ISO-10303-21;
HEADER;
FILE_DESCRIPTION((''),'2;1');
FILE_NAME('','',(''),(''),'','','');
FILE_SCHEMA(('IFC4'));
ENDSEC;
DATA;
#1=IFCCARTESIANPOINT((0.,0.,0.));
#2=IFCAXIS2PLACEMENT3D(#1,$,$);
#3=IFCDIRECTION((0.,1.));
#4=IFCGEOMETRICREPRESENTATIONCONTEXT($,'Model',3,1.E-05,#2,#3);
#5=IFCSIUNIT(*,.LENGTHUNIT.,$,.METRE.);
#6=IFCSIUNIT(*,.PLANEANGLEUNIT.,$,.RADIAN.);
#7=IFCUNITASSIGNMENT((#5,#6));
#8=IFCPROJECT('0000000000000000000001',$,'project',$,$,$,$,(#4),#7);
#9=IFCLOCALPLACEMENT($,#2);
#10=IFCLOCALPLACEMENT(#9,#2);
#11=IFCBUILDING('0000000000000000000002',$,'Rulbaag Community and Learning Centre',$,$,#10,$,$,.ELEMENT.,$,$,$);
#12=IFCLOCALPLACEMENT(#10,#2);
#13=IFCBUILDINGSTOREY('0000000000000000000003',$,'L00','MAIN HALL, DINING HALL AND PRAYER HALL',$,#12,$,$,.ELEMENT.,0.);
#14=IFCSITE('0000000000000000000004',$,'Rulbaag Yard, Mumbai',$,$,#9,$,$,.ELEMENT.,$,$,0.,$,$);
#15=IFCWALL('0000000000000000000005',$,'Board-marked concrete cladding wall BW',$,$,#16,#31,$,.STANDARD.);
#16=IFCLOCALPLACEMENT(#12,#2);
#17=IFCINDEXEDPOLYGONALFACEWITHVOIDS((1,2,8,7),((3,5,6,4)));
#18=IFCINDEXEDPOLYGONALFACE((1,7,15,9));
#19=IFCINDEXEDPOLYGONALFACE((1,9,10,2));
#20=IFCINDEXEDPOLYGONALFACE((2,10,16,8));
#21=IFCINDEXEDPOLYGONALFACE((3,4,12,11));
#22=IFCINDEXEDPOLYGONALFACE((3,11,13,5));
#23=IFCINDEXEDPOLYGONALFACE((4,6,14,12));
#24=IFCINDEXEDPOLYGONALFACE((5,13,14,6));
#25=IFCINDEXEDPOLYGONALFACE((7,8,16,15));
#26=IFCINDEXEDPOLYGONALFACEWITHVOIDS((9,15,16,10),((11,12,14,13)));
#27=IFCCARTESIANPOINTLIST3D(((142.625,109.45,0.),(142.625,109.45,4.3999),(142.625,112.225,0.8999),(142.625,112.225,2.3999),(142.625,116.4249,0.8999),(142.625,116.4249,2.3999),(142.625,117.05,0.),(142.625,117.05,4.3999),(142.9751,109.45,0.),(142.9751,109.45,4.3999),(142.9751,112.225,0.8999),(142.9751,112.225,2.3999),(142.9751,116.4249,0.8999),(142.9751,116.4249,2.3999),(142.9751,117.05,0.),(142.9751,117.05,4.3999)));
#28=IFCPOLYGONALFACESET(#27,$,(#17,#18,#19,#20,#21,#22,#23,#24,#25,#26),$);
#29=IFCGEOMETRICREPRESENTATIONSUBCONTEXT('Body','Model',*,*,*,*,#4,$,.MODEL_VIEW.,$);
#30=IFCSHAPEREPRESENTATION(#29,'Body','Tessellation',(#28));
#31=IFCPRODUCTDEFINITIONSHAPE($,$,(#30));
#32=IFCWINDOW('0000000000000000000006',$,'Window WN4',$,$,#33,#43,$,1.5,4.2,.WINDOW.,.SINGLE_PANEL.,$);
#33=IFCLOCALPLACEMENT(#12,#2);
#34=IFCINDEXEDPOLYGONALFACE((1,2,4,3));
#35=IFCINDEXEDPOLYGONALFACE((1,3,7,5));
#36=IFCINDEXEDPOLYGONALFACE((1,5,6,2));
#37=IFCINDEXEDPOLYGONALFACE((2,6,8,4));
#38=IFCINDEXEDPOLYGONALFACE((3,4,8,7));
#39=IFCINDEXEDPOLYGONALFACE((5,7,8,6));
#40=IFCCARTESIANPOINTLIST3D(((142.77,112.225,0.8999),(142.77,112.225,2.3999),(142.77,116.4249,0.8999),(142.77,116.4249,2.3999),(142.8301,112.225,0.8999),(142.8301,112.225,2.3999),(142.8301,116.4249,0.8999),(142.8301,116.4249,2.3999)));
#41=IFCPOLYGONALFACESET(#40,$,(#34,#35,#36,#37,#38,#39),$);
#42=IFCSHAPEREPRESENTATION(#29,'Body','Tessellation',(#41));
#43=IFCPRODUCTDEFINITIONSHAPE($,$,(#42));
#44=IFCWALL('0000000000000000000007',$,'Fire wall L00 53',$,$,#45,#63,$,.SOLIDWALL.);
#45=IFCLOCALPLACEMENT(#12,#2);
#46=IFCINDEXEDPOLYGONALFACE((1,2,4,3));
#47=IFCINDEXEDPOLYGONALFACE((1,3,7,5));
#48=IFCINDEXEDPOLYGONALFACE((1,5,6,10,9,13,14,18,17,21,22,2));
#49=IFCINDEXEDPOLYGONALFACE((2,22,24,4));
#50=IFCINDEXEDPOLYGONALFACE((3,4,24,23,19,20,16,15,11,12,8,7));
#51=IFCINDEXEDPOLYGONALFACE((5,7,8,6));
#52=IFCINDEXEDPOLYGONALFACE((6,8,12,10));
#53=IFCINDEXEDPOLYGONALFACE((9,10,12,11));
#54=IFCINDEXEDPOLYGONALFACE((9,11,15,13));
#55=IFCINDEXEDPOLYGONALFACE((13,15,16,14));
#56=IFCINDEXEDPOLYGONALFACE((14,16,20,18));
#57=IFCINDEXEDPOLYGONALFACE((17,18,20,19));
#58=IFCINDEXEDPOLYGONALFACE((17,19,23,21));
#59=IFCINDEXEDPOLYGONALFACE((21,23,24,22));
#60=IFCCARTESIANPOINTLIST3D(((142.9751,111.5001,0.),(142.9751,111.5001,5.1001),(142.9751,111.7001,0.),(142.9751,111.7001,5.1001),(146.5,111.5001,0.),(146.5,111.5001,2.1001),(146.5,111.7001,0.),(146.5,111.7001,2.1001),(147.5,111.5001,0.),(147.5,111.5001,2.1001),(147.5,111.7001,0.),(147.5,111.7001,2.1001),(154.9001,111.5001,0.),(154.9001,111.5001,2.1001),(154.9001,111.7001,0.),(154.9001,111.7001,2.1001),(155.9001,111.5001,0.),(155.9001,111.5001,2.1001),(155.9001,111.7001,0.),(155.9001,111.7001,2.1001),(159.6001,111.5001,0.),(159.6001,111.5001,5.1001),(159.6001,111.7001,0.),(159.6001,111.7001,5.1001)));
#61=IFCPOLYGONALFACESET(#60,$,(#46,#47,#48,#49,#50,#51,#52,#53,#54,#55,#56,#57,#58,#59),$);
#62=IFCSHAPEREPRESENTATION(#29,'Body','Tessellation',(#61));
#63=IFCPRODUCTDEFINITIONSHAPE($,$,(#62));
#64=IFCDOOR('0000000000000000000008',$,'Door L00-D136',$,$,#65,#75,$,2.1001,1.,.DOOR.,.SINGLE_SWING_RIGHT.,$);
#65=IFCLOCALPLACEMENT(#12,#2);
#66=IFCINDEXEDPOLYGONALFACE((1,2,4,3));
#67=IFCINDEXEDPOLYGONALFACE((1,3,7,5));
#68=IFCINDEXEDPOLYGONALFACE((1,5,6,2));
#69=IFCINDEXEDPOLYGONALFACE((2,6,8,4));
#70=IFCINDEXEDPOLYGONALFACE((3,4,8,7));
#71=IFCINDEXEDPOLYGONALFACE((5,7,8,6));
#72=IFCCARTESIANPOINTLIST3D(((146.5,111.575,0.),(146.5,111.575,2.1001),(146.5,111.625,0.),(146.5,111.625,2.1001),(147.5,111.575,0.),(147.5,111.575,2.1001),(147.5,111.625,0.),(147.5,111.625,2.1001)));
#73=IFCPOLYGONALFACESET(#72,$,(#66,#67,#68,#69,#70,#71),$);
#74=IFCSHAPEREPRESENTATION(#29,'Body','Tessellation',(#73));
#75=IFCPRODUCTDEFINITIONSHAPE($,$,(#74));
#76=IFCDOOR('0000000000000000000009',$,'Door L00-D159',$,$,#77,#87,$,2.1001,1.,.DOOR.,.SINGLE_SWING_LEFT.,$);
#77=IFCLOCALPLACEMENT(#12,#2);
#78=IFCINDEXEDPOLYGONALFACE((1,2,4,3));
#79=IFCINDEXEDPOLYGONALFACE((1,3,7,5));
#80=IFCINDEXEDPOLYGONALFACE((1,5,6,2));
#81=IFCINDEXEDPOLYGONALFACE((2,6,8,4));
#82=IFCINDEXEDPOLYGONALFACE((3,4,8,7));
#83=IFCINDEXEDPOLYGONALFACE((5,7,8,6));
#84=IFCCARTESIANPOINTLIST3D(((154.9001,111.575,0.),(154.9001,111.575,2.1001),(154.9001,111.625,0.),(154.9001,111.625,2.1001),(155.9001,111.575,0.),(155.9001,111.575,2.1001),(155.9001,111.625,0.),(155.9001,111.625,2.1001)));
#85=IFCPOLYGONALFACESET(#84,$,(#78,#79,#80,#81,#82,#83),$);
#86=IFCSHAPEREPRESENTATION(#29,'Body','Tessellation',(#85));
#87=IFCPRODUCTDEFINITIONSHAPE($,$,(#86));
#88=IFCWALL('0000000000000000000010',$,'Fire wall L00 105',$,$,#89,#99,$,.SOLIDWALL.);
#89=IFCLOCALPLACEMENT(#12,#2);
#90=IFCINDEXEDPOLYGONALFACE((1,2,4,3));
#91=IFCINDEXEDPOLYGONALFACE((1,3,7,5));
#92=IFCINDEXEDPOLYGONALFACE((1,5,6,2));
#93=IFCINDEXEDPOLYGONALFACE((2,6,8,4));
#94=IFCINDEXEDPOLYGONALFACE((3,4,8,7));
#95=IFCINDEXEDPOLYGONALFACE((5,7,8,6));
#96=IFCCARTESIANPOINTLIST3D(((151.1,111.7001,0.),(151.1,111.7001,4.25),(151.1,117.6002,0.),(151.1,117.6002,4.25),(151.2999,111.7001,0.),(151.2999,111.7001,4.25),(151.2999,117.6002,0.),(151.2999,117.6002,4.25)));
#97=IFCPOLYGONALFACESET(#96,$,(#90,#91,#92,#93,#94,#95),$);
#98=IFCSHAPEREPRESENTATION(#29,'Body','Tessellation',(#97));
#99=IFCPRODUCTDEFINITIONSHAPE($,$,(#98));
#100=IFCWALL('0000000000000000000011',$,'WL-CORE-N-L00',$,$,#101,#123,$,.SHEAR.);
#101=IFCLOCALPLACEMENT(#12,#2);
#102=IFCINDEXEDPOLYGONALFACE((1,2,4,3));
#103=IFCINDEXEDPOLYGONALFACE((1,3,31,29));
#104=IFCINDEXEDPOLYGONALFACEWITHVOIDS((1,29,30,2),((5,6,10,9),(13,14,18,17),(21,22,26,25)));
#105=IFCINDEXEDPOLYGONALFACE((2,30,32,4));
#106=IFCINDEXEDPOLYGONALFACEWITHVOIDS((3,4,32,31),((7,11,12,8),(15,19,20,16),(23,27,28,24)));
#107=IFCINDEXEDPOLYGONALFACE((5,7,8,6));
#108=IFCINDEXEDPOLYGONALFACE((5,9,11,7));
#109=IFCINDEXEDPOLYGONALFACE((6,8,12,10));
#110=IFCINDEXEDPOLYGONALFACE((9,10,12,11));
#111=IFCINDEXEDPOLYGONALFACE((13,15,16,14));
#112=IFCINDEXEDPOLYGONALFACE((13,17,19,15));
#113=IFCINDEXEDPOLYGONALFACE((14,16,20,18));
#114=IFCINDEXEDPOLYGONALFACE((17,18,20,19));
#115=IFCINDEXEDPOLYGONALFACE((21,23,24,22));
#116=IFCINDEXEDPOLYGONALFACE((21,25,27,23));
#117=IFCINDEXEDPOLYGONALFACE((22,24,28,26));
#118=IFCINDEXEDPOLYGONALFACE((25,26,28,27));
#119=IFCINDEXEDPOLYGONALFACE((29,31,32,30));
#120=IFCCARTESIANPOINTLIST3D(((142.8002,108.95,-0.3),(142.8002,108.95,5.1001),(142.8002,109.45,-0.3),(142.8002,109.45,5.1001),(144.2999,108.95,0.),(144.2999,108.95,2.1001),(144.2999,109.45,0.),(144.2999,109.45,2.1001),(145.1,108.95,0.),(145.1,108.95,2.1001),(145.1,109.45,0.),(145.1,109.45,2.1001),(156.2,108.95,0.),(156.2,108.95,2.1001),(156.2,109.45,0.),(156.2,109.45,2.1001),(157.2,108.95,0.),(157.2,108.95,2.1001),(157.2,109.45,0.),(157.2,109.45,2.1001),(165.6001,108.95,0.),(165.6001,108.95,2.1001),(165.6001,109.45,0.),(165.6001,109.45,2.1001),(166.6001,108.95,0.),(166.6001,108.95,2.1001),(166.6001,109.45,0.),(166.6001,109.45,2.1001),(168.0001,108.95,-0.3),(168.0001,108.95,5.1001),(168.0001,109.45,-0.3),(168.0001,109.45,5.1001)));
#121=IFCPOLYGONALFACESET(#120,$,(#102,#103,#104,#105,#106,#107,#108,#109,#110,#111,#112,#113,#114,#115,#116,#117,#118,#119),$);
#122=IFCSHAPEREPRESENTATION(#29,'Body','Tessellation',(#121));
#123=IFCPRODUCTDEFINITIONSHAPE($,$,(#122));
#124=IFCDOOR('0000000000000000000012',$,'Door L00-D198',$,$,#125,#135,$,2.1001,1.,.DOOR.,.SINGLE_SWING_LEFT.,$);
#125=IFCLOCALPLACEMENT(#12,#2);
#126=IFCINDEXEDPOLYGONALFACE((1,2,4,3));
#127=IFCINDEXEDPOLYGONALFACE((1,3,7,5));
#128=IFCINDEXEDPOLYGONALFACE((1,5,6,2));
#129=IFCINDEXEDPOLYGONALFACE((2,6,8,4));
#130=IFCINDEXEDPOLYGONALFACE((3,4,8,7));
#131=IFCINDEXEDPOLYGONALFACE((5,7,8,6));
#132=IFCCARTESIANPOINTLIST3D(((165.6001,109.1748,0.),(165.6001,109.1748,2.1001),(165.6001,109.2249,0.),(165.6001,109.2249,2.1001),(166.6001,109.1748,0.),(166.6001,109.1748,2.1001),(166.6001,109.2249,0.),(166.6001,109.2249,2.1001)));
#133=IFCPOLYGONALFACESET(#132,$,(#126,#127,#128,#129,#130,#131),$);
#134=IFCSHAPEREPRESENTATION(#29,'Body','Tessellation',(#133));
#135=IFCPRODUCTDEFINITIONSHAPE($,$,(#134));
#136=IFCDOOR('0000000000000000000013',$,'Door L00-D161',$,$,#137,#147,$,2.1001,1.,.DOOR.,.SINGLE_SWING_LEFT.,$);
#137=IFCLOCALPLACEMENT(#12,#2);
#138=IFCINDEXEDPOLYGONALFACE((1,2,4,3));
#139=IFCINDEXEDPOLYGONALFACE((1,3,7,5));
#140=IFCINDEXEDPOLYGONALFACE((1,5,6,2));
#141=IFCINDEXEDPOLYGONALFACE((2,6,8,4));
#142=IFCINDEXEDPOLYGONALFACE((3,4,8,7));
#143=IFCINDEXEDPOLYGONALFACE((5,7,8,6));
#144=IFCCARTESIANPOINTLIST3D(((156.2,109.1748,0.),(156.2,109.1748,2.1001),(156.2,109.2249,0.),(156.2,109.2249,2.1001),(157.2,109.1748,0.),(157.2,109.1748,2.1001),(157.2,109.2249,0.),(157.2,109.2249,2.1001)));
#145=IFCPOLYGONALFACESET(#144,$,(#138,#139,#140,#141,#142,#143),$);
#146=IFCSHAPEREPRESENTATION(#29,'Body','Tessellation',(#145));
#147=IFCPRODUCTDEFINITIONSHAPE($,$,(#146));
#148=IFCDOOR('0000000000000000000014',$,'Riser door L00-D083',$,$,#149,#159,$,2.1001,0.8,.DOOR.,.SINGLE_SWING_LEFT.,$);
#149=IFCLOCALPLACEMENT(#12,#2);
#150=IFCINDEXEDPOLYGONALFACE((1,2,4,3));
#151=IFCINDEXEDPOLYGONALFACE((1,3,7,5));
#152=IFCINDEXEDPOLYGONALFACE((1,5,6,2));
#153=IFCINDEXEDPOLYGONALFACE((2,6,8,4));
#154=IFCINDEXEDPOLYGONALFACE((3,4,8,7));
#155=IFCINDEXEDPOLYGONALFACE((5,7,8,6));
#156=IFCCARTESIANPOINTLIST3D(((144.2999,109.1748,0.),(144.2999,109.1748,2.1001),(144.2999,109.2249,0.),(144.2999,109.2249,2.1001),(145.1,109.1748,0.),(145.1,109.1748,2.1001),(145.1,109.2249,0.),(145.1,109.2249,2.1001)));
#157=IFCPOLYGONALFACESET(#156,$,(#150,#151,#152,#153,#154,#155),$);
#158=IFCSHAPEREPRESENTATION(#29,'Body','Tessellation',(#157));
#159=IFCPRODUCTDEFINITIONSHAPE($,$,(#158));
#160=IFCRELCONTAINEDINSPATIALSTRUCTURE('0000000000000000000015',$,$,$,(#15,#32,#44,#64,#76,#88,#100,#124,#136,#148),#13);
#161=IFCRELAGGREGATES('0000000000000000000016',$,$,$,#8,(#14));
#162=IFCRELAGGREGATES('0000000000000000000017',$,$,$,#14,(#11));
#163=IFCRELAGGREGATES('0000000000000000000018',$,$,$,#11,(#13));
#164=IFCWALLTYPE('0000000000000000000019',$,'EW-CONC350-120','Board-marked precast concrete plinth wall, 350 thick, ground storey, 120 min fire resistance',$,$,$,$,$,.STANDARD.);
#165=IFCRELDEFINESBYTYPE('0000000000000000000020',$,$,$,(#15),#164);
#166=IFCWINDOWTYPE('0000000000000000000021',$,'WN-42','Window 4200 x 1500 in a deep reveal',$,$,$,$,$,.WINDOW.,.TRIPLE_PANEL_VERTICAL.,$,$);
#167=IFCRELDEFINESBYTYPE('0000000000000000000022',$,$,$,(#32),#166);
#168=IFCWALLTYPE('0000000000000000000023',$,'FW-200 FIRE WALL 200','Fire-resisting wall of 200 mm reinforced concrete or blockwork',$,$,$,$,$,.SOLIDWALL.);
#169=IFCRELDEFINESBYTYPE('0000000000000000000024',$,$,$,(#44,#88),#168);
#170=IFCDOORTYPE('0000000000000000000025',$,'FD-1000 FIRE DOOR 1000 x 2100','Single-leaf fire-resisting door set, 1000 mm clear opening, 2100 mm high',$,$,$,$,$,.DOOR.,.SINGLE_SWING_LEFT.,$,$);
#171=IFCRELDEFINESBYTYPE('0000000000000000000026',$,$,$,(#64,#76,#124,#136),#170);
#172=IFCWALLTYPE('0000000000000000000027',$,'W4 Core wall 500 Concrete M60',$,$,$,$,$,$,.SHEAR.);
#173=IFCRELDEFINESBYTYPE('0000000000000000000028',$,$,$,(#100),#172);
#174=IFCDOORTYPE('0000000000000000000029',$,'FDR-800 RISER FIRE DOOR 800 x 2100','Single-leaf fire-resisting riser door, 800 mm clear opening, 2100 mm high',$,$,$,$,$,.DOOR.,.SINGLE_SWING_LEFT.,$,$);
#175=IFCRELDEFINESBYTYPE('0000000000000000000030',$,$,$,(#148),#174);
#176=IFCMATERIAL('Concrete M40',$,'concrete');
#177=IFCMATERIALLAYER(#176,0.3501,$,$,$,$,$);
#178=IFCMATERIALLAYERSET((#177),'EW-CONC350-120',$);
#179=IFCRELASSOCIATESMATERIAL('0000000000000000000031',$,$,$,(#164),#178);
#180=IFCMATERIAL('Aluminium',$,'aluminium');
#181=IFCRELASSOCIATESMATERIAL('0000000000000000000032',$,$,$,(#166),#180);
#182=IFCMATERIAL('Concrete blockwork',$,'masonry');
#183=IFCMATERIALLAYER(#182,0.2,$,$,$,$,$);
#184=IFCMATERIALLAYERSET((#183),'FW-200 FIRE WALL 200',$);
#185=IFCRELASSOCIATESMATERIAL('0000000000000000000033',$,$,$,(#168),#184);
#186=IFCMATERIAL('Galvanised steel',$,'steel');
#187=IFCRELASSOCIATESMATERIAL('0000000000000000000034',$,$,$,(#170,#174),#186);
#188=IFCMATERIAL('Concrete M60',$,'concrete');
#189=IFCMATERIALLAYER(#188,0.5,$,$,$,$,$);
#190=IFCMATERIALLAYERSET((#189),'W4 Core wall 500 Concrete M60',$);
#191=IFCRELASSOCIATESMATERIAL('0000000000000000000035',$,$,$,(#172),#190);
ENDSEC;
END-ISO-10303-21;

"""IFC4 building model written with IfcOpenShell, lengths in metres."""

from ifc_helpers import new_model, si_unit, direction, frame, frame_2d, origin, place, context, subcontext, project, spatial, rectangle, extrude, material, layer, layer_set, type_object, element, fill, save


model = new_model("IFC4")

# Units and contexts
model_context = context("Model", 3, precision=1e-05, world=origin(), true_north=direction((0.0, 1.0)))
body_context = subcontext(model_context, "Body", "Model", "MODEL_VIEW")
ifc_project = project(units=[si_unit("LENGTHUNIT", "METRE"), si_unit("PLANEANGLEUNIT", "RADIAN")], contexts=[model_context])

# Site, building, storey
site_placement = place(None, origin())
site = spatial("IfcSite", under=ifc_project, at=site_placement, Name="Rulbaag Yard, Mumbai", CompositionType="ELEMENT", RefElevation=0.0)
building_placement = place(site_placement, origin())
building = spatial("IfcBuilding", under=site, at=building_placement, Name="Rulbaag Community and Learning Centre", CompositionType="ELEMENT")
storey_placement = place(building_placement, origin())
storey = spatial("IfcBuildingStorey", under=building, at=storey_placement, Name="L00", Description="MAIN HALL, DINING HALL AND PRAYER HALL", CompositionType="ELEMENT", Elevation=0.0)

# Shared definitions
ifc_material_1 = material(Name="Concrete M60", Category="concrete")

# Shared definitions
ifc_material_2 = material(Name="Concrete M40", Category="concrete")

# Shared definitions
ifc_material_3 = material(Name="Aluminium", Category="aluminium")

# Shared definitions
ifc_layer_1 = layer(ifc_material_2, 0.3501)
ifc_layer_set_1 = layer_set([ifc_layer_1], Name="EW-CONC350-120")
wall_type_1 = type_object("IfcWallType", Name="EW-CONC350-120", Description="Board-marked precast concrete plinth wall, 350 thick, ground storey, 120 min fire resistance", PredefinedType="STANDARD", material=ifc_layer_set_1)
ifc_material_4 = material(Name="Galvanised steel", Category="steel")

# Wall, opening, window
wall_1_placement = place(storey_placement, frame((142.8, 109.45, 0.0), z_axis=(0.0, 0.0, 1.0), x_axis=(0.0, 1.0, 0.0)))
wall_1 = element("IfcWall", 1, at=wall_1_placement, inside=storey, type_object=wall_type_1, Name="Board-marked concrete cladding wall BW", PredefinedType="STANDARD", context=body_context, shape_type="SweptSolid", body=[
    extrude(rectangle(XDim=7.6001, YDim=0.3501, at=frame_2d((3.8, 0.0))), origin(), (0.0, 0.0, 1.0), 4.3999),
])
opening_1_placement = place(wall_1_placement, frame((2.7749, 0.0, 0.8999)))
opening_1 = element("IfcOpeningElement", 2, at=opening_1_placement, cuts=wall_1, PredefinedType="OPENING", context=body_context, shape_type="SweptSolid", body=[
    extrude(rectangle(XDim=4.2, YDim=1.5, at=frame_2d((2.1001, 0.75))), frame((0.0, 0.1851, 0.0), z_axis=(0.0, -1.0, 0.0), x_axis=(1.0, 0.0, 0.0)), (0.0, 0.0, 1.0), 0.3701),
])
window_type_1 = type_object("IfcWindowType", Name="WN-42", Description="Window 4200 x 1500 in a deep reveal", PartitioningType="TRIPLE_PANEL_VERTICAL", PredefinedType="WINDOW", material=ifc_material_3)
window_1_placement = place(opening_1_placement, origin())
window_1 = element("IfcWindow", 3, at=window_1_placement, inside=storey, type_object=window_type_1, Name="Window WN4", OverallHeight=1.5, OverallWidth=4.2, PartitioningType="SINGLE_PANEL", PredefinedType="WINDOW", context=body_context, shape_type="SweptSolid", body=[
    extrude(rectangle(XDim=4.2, YDim=1.5, at=frame_2d((2.1001, 0.75))), frame((0.0, 0.03, 0.0), z_axis=(0.0, -1.0, 0.0), x_axis=(1.0, 0.0, 0.0)), (0.0, 0.0, 1.0), 0.0601),
])
fill(opening_1, window_1)

# Wall, openings, doors
ifc_material_5 = material(Name="Concrete blockwork", Category="masonry")
ifc_layer_2 = layer(ifc_material_5, 0.2)
ifc_layer_set_2 = layer_set([ifc_layer_2], Name="FW-200 FIRE WALL 200")
wall_type_2 = type_object("IfcWallType", Name="FW-200 FIRE WALL 200", Description="Fire-resisting wall of 200 mm reinforced concrete or blockwork", PredefinedType="SOLIDWALL", material=ifc_layer_set_2)
wall_2_placement = place(storey_placement, frame((142.9751, 111.6001, 0.0), z_axis=(0.0, 0.0, 1.0), x_axis=(1.0, 0.0, 0.0)))
wall_2 = element("IfcWall", 4, at=wall_2_placement, inside=storey, type_object=wall_type_2, Name="Fire wall L00 53", PredefinedType="SOLIDWALL", context=body_context, shape_type="SweptSolid", body=[
    extrude(rectangle(XDim=16.625, YDim=0.2, at=frame_2d((8.3125, 0.0))), origin(), (0.0, 0.0, 1.0), 5.1001),
])
opening_2_placement = place(wall_2_placement, frame((3.5249, 0.0, 0.0)))
opening_2 = element("IfcOpeningElement", 5, at=opening_2_placement, cuts=wall_2, PredefinedType="OPENING", context=body_context, shape_type="SweptSolid", body=[
    extrude(rectangle(XDim=1.0, YDim=2.1001, at=frame_2d((0.5, 1.05))), frame((0.0, 0.1099, 0.0), z_axis=(0.0, -1.0, 0.0), x_axis=(1.0, 0.0, 0.0)), (0.0, 0.0, 1.0), 0.22),
])
opening_3_placement = place(wall_2_placement, frame((11.925, 0.0, 0.0)))
opening_3 = element("IfcOpeningElement", 6, at=opening_3_placement, cuts=wall_2, PredefinedType="OPENING", context=body_context, shape_type="SweptSolid", body=[
    extrude(rectangle(XDim=1.0, YDim=2.1001, at=frame_2d((0.5, 1.05))), frame((0.0, 0.1099, 0.0), z_axis=(0.0, -1.0, 0.0), x_axis=(1.0, 0.0, 0.0)), (0.0, 0.0, 1.0), 0.22),
])
door_type_1 = type_object("IfcDoorType", Name="FD-1000 FIRE DOOR 1000 x 2100", Description="Single-leaf fire-resisting door set, 1000 mm clear opening, 2100 mm high", OperationType="SINGLE_SWING_LEFT", PredefinedType="DOOR", material=ifc_material_4)
door_1_placement = place(opening_2_placement, origin())
door_1 = element("IfcDoor", 7, at=door_1_placement, inside=storey, type_object=door_type_1, Name="Door L00-D136", OperationType="SINGLE_SWING_RIGHT", OverallHeight=2.1001, OverallWidth=1.0, PredefinedType="DOOR", context=body_context, shape_type="SweptSolid", body=[
    extrude(rectangle(XDim=1.0, YDim=2.1001, at=frame_2d((0.5, 1.05))), frame((0.0, 0.0249, 0.0), z_axis=(0.0, -1.0, 0.0), x_axis=(1.0, 0.0, 0.0)), (0.0, 0.0, 1.0), 0.05),
])
fill(opening_2, door_1)
door_2_placement = place(opening_3_placement, origin())
door_2 = element("IfcDoor", 8, at=door_2_placement, inside=storey, type_object=door_type_1, Name="Door L00-D159", OperationType="SINGLE_SWING_LEFT", OverallHeight=2.1001, OverallWidth=1.0, PredefinedType="DOOR", context=body_context, shape_type="SweptSolid", body=[
    extrude(rectangle(XDim=1.0, YDim=2.1001, at=frame_2d((0.5, 1.05))), frame((0.0, 0.0249, 0.0), z_axis=(0.0, -1.0, 0.0), x_axis=(1.0, 0.0, 0.0)), (0.0, 0.0, 1.0), 0.05),
])
fill(opening_3, door_2)

# Wall
wall_3_placement = place(storey_placement, frame((151.2, 111.7, 0.0), z_axis=(0.0, 0.0, 1.0), x_axis=(0.0, 1.0, 0.0)))
element("IfcWall", 9, at=wall_3_placement, inside=storey, type_object=wall_type_2, Name="Fire wall L00 105", PredefinedType="SOLIDWALL", context=body_context, shape_type="SweptSolid", body=[
    extrude(rectangle(XDim=5.9001, YDim=0.2, at=frame_2d((2.9502, 0.0))), origin(), (0.0, 0.0, 1.0), 4.25),
])

# Wall, openings, doors
ifc_layer_3 = layer(ifc_material_1, 0.5)
ifc_layer_set_3 = layer_set([ifc_layer_3], Name="W4 Core wall 500 Concrete M60")
wall_type_3 = type_object("IfcWallType", Name="W4 Core wall 500 Concrete M60", PredefinedType="SHEAR", material=ifc_layer_set_3)
wall_4_placement = place(storey_placement, frame((142.8, 109.2, -0.3), z_axis=(0.0, 0.0, 1.0), x_axis=(1.0, 0.0, 0.0)))
wall_4 = element("IfcWall", 10, at=wall_4_placement, inside=storey, type_object=wall_type_3, Name="WL-CORE-N-L00", PredefinedType="SHEAR", context=body_context, shape_type="SweptSolid", body=[
    extrude(rectangle(XDim=25.2, YDim=0.5, at=frame_2d((12.6001, 0.0))), origin(), (0.0, 0.0, 1.0), 5.4001),
])
opening_4_placement = place(wall_4_placement, frame((22.8, 0.0, 0.3)))
opening_4 = element("IfcOpeningElement", 11, at=opening_4_placement, cuts=wall_4, PredefinedType="OPENING", context=body_context, shape_type="SweptSolid", body=[
    extrude(rectangle(XDim=1.0, YDim=2.1001, at=frame_2d((0.5, 1.05))), frame((0.0, 0.26, 0.0), z_axis=(0.0, -1.0, 0.0), x_axis=(1.0, 0.0, 0.0)), (0.0, 0.0, 1.0), 0.52),
])
opening_5_placement = place(wall_4_placement, frame((1.5, 0.0, 0.3)))
opening_5 = element("IfcOpeningElement", 12, at=opening_5_placement, cuts=wall_4, PredefinedType="OPENING", context=body_context, shape_type="SweptSolid", body=[
    extrude(rectangle(XDim=0.8, YDim=2.1001, at=frame_2d((0.3999, 1.05))), frame((0.0, 0.26, 0.0), z_axis=(0.0, -1.0, 0.0), x_axis=(1.0, 0.0, 0.0)), (0.0, 0.0, 1.0), 0.52),
])
opening_6_placement = place(wall_4_placement, frame((13.3999, 0.0, 0.3)))
opening_6 = element("IfcOpeningElement", 13, at=opening_6_placement, cuts=wall_4, PredefinedType="OPENING", context=body_context, shape_type="SweptSolid", body=[
    extrude(rectangle(XDim=1.0, YDim=2.1001, at=frame_2d((0.5, 1.05))), frame((0.0, 0.26, 0.0), z_axis=(0.0, -1.0, 0.0), x_axis=(1.0, 0.0, 0.0)), (0.0, 0.0, 1.0), 0.52),
])
door_3_placement = place(opening_4_placement, origin())
door_3 = element("IfcDoor", 14, at=door_3_placement, inside=storey, type_object=door_type_1, Name="Door L00-D198", OperationType="SINGLE_SWING_LEFT", OverallHeight=2.1001, OverallWidth=1.0, PredefinedType="DOOR", context=body_context, shape_type="SweptSolid", body=[
    extrude(rectangle(XDim=1.0, YDim=2.1001, at=frame_2d((0.5, 1.05))), frame((0.0, 0.0249, 0.0), z_axis=(0.0, -1.0, 0.0), x_axis=(1.0, 0.0, 0.0)), (0.0, 0.0, 1.0), 0.05),
])
fill(opening_4, door_3)
door_4_placement = place(opening_6_placement, origin())
door_4 = element("IfcDoor", 15, at=door_4_placement, inside=storey, type_object=door_type_1, Name="Door L00-D161", OperationType="SINGLE_SWING_LEFT", OverallHeight=2.1001, OverallWidth=1.0, PredefinedType="DOOR", context=body_context, shape_type="SweptSolid", body=[
    extrude(rectangle(XDim=1.0, YDim=2.1001, at=frame_2d((0.5, 1.05))), frame((0.0, 0.0249, 0.0), z_axis=(0.0, -1.0, 0.0), x_axis=(1.0, 0.0, 0.0)), (0.0, 0.0, 1.0), 0.05),
])
fill(opening_6, door_4)
door_type_2 = type_object("IfcDoorType", Name="FDR-800 RISER FIRE DOOR 800 x 2100", Description="Single-leaf fire-resisting riser door, 800 mm clear opening, 2100 mm high", OperationType="SINGLE_SWING_LEFT", PredefinedType="DOOR", material=ifc_material_4)
door_5_placement = place(opening_5_placement, origin())
door_5 = element("IfcDoor", 16, at=door_5_placement, inside=storey, type_object=door_type_2, Name="Riser door L00-D083", OperationType="SINGLE_SWING_LEFT", OverallHeight=2.1001, OverallWidth=0.8, PredefinedType="DOOR", context=body_context, shape_type="SweptSolid", body=[
    extrude(rectangle(XDim=0.8, YDim=2.1001, at=frame_2d((0.3999, 1.05))), frame((0.0, 0.0249, 0.0), z_axis=(0.0, -1.0, 0.0), x_axis=(1.0, 0.0, 0.0)), (0.0, 0.0, 1.0), 0.05),
])
fill(opening_5, door_5)

save(model, "model.ifc")
